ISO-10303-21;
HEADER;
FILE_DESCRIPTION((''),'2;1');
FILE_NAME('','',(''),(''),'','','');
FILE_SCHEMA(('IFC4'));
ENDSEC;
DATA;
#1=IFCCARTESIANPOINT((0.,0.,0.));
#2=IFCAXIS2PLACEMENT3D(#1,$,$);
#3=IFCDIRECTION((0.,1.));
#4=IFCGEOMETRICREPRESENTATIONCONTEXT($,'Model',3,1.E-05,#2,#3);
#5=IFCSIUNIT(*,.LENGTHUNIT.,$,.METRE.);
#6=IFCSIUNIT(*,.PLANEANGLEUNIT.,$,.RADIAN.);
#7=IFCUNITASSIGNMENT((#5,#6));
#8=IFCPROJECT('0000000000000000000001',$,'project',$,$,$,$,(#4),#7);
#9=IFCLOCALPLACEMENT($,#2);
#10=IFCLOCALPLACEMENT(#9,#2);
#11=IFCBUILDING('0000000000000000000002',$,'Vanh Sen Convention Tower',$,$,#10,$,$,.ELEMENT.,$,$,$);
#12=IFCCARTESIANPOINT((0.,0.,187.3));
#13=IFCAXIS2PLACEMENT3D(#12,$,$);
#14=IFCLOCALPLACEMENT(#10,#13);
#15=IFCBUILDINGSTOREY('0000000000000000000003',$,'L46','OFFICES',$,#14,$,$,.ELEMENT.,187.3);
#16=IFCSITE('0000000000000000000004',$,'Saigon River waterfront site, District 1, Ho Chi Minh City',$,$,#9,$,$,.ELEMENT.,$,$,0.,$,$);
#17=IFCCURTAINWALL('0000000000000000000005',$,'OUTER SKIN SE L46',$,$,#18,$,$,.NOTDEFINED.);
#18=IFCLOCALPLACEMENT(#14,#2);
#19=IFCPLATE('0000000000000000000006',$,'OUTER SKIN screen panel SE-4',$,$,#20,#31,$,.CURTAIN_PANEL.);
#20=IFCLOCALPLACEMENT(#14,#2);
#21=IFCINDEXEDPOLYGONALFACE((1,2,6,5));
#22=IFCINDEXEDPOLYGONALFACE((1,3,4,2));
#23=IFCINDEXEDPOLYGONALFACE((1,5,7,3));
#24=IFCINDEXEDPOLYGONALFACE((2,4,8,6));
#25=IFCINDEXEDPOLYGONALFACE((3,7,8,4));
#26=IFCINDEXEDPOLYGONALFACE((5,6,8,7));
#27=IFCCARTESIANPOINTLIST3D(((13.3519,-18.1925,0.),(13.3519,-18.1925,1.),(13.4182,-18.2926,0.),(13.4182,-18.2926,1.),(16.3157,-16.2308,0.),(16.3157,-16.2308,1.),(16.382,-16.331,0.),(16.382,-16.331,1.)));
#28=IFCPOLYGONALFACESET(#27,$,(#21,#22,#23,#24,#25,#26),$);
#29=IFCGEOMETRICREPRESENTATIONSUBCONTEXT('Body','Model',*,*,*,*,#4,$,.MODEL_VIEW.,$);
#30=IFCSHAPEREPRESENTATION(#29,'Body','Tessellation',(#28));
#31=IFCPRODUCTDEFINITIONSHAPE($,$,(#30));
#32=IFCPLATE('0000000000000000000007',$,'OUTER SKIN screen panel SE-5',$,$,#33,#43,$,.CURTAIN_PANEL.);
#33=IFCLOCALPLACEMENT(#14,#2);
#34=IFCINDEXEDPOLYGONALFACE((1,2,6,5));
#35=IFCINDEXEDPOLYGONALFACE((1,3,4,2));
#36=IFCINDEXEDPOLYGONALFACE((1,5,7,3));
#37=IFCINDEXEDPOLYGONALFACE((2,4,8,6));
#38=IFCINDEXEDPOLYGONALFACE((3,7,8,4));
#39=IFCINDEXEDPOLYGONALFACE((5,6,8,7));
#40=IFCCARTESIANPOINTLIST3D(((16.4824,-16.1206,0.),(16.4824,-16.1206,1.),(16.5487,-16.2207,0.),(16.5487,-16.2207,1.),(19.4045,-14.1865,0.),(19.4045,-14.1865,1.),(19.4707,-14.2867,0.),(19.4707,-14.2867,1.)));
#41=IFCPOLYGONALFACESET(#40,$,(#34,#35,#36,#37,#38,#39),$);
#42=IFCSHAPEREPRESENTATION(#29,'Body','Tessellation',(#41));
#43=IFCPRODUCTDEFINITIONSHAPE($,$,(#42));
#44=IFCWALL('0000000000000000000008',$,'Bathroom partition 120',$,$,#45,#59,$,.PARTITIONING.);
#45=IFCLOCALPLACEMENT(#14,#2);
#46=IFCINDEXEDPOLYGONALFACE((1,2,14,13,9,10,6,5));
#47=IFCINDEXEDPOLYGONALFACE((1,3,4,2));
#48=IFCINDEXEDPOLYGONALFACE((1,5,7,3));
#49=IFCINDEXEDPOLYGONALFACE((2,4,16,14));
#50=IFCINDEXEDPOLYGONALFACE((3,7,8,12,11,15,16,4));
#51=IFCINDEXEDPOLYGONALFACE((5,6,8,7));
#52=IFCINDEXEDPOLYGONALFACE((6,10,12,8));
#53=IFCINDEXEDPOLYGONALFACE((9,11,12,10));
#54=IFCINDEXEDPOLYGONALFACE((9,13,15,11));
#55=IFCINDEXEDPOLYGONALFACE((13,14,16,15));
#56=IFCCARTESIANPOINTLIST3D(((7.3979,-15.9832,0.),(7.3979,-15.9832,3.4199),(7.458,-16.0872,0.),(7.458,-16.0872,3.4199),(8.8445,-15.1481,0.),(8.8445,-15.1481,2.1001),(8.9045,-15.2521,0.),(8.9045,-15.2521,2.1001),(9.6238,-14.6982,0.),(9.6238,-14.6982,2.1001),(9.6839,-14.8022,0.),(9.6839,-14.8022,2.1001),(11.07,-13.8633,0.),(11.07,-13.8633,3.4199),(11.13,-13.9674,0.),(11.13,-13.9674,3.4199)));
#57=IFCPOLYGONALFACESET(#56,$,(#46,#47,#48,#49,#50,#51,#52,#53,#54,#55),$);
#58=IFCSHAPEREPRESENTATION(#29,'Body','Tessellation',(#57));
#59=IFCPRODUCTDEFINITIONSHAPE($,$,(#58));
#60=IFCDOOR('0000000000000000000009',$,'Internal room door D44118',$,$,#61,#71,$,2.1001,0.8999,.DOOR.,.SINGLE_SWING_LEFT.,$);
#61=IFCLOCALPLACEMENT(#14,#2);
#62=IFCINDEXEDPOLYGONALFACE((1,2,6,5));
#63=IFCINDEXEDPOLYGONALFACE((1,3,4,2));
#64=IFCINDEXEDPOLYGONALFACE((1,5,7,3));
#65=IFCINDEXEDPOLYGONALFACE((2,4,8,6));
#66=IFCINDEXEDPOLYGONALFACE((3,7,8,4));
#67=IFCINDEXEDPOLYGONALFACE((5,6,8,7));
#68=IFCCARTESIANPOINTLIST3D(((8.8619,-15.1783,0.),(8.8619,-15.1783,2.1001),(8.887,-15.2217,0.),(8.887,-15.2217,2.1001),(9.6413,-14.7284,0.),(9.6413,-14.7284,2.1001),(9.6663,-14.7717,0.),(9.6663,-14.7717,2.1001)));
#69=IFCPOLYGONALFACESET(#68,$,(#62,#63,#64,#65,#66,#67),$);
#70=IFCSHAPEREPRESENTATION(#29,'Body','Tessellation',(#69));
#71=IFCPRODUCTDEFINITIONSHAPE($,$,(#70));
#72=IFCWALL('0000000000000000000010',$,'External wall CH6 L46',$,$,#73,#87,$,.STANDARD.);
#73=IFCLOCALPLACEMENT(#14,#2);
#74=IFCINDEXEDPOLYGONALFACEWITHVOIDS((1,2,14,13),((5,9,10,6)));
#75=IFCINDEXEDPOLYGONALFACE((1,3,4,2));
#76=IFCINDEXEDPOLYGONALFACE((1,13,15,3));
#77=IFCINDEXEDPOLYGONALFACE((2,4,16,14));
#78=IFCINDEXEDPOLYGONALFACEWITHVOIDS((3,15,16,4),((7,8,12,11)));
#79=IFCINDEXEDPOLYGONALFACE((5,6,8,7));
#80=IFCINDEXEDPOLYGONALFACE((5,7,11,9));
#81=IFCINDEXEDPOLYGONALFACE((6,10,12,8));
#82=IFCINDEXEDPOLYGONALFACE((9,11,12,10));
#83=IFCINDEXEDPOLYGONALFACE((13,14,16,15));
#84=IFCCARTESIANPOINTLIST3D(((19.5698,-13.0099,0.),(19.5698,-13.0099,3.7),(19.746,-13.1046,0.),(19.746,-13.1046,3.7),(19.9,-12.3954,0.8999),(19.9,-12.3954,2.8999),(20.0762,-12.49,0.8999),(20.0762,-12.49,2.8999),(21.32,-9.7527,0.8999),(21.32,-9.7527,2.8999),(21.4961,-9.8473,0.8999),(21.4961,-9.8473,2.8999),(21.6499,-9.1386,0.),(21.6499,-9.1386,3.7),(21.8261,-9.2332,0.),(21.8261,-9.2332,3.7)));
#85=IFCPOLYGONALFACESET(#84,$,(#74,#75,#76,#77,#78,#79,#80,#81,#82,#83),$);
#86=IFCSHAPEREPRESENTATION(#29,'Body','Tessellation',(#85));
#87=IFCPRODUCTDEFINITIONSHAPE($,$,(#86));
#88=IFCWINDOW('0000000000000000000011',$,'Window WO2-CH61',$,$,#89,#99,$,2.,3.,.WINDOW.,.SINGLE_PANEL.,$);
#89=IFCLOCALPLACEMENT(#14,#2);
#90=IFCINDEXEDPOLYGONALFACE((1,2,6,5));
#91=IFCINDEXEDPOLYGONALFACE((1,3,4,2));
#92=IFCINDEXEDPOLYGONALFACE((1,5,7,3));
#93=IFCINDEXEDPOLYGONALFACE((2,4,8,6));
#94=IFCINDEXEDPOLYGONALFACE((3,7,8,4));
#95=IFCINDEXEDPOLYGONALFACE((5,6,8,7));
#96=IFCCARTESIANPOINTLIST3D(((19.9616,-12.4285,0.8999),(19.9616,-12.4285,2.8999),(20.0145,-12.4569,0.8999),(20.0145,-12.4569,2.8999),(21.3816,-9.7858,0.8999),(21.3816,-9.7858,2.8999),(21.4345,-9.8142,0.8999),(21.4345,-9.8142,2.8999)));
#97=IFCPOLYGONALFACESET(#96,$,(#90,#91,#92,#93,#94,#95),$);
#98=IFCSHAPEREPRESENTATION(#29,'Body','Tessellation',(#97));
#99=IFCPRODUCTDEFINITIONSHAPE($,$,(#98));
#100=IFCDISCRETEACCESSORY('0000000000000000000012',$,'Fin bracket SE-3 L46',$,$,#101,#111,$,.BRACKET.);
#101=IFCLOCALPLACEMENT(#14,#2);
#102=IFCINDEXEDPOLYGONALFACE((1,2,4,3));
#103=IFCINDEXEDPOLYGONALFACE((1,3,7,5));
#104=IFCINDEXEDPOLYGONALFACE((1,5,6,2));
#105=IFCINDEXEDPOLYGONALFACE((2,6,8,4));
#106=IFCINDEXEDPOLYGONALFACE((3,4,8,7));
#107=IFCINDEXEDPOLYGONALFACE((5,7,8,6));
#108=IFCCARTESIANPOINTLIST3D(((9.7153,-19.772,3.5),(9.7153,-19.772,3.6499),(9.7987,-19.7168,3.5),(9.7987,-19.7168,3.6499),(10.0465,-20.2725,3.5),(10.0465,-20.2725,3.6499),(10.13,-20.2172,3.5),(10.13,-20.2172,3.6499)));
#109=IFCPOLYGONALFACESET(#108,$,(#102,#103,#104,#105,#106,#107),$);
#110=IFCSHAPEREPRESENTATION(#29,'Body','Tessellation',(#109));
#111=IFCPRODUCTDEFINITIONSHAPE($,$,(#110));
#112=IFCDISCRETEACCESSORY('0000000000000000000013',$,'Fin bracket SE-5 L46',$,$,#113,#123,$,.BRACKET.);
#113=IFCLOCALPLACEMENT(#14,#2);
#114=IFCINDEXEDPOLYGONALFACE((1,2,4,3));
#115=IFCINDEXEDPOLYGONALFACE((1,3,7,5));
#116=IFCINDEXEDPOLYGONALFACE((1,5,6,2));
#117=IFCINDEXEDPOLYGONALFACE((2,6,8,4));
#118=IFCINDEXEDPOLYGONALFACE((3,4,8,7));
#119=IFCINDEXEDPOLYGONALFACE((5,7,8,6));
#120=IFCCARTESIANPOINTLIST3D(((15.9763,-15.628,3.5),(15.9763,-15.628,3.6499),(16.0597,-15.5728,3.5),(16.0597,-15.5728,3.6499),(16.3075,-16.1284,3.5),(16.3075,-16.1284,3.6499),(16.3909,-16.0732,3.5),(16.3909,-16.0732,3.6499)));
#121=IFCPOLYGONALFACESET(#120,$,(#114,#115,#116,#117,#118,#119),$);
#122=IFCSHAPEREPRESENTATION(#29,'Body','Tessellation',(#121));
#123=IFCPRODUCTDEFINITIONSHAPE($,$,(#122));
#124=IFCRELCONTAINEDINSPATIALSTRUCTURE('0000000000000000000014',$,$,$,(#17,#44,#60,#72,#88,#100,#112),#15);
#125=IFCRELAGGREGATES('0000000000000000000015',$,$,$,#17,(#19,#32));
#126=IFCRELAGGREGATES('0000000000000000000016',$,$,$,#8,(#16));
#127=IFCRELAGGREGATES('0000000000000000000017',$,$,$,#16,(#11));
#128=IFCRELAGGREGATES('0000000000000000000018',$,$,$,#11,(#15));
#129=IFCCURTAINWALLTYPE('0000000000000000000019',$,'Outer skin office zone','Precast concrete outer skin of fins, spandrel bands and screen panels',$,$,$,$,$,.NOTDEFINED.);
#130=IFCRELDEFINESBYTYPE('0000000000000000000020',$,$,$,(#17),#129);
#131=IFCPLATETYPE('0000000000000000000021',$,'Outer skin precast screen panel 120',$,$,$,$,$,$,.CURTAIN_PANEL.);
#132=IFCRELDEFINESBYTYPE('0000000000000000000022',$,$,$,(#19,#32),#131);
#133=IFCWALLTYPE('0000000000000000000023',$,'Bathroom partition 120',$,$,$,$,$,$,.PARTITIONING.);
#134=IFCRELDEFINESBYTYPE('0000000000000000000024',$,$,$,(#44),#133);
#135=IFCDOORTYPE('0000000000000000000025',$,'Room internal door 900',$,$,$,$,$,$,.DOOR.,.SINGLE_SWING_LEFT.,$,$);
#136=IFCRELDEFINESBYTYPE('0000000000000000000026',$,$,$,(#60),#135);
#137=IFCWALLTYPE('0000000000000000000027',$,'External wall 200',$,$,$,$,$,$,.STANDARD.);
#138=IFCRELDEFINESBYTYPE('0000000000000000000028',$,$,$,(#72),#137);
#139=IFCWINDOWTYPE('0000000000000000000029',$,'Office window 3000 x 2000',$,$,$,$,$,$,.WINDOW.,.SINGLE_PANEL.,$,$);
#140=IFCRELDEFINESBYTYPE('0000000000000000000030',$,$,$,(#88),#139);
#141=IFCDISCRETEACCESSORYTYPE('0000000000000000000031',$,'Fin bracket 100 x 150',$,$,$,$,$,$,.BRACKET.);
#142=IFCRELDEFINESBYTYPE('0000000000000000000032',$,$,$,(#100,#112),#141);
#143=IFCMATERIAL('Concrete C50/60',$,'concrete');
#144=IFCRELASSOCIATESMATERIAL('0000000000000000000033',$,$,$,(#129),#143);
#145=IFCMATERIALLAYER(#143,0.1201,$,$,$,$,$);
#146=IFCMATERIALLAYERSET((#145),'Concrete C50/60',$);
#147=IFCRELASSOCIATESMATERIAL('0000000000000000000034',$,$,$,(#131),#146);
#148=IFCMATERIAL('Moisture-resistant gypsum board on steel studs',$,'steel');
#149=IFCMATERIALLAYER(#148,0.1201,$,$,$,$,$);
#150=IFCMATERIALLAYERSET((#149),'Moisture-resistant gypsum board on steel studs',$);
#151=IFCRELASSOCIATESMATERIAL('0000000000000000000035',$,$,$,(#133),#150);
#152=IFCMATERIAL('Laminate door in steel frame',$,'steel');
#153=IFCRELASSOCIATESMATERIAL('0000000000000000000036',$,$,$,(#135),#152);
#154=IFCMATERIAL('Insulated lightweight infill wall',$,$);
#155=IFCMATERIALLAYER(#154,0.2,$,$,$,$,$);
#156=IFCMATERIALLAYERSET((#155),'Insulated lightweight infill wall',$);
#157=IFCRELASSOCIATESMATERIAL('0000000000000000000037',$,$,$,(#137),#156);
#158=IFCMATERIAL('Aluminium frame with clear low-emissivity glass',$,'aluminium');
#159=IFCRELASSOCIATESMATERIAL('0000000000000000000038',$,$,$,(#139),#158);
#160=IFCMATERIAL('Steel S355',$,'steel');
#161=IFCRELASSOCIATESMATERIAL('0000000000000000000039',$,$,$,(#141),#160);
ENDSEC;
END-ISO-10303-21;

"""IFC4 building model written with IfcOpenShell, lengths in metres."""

from ifc_helpers import new_model, si_unit, direction, frame, frame_2d, origin, origin_2d, place, context, subcontext, project, spatial, rectangle, extrude, material, layer, layer_set, type_object, element, fill, aggregate, save


model = new_model("IFC4")

# Units and contexts
model_context = context("Model", 3, precision=1e-05, world=origin(), true_north=direction((0.0, 1.0)))
body_context = subcontext(model_context, "Body", "Model", "MODEL_VIEW")
ifc_project = project(units=[si_unit("LENGTHUNIT", "METRE"), si_unit("PLANEANGLEUNIT", "RADIAN")], contexts=[model_context])

# Site, building, storey
site_placement = place(None, origin())
site = spatial("IfcSite", under=ifc_project, at=site_placement, Name="Saigon River waterfront site, District 1, Ho Chi Minh City", CompositionType="ELEMENT", RefElevation=0.0)
building_placement = place(site_placement, origin())
building = spatial("IfcBuilding", under=site, at=building_placement, Name="Vanh Sen Convention Tower", CompositionType="ELEMENT")
storey_placement = place(building_placement, frame((0.0, 0.0, 187.3)))
storey = spatial("IfcBuildingStorey", under=building, at=storey_placement, Name="L46", Description="OFFICES", CompositionType="ELEMENT", Elevation=187.3)

# Curtain wall
ifc_material_1 = material(Name="Concrete C50/60", Category="concrete")
curtain_wall_type = type_object("IfcCurtainWallType", Name="Outer skin office zone", Description="Precast concrete outer skin of fins, spandrel bands and screen panels", PredefinedType="NOTDEFINED", material=ifc_material_1)
curtain_wall_1_placement = place(storey_placement, origin())
curtain_wall_1 = element("IfcCurtainWall", 1, at=curtain_wall_1_placement, inside=storey, type_object=curtain_wall_type, Name="OUTER SKIN SE L46", PredefinedType="NOTDEFINED")

# Plates
ifc_layer_1 = layer(ifc_material_1, 0.1201)
ifc_layer_set_1 = layer_set([ifc_layer_1], Name="Concrete C50/60")
plate_type = type_object("IfcPlateType", Name="Outer skin precast screen panel 120", PredefinedType="CURTAIN_PANEL", material=ifc_layer_set_1)
plate_1_placement = place(storey_placement, frame((14.8669, -17.2617, 0.0), z_axis=(0.0, 0.0, 1.0), x_axis=(0.83389, 0.551931, 0.0)))
plate_1 = element("IfcPlate", 2, at=plate_1_placement, type_object=plate_type, Name="OUTER SKIN screen panel SE-4", PredefinedType="CURTAIN_PANEL", context=body_context, shape_type="SweptSolid", body=[
    extrude(rectangle(XDim=3.5542, YDim=0.1201, at=origin_2d()), origin(), (0.0, 0.0, 1.0), 1.0),
])
plate_2_placement = place(storey_placement, frame((17.9766, -15.2036, 0.0), z_axis=(0.0, 0.0, 1.0), x_axis=(0.83389, 0.551931, 0.0)))
plate_2 = element("IfcPlate", 3, at=plate_2_placement, type_object=plate_type, Name="OUTER SKIN screen panel SE-5", PredefinedType="CURTAIN_PANEL", context=body_context, shape_type="SweptSolid", body=[
    extrude(rectangle(XDim=3.5042, YDim=0.1201, at=origin_2d()), origin(), (0.0, 0.0, 1.0), 1.0),
])
aggregate(curtain_wall_1, [plate_1, plate_2])

# Wall, opening, door
ifc_material_2 = material(Name="Moisture-resistant gypsum board on steel studs", Category="steel")
ifc_layer_2 = layer(ifc_material_2, 0.1201)
ifc_layer_set_2 = layer_set([ifc_layer_2], Name="Moisture-resistant gypsum board on steel studs")
wall_type_1 = type_object("IfcWallType", Name="Bathroom partition 120", PredefinedType="PARTITIONING", material=ifc_layer_set_2)
wall_1_placement = place(storey_placement, frame((11.1001, -13.9153, 0.0), z_axis=(0.0, 0.0, 1.0), x_axis=(-0.866048, -0.49996, 0.0)))
wall_1 = element("IfcWall", 4, at=wall_1_placement, inside=storey, type_object=wall_type_1, Name="Bathroom partition 120", PredefinedType="PARTITIONING", context=body_context, shape_type="SweptSolid", body=[
    extrude(rectangle(XDim=4.24, YDim=0.1201, at=frame_2d((2.1201, 0.0))), origin(), (0.0, 0.0, 1.0), 3.4199),
])
opening_1_placement = place(wall_1_placement, frame((1.6699, 0.0, 0.0)))
opening_1 = element("IfcOpeningElement", 5, at=opening_1_placement, cuts=wall_1, PredefinedType="OPENING", context=body_context, shape_type="SweptSolid", body=[
    extrude(rectangle(XDim=0.8999, YDim=2.1001, at=frame_2d((0.45, 1.05))), frame((0.0, 0.0701, 0.0), z_axis=(0.0, -1.0, 0.0), x_axis=(1.0, 0.0, 0.0)), (0.0, 0.0, 1.0), 0.1401),
])
ifc_material_3 = material(Name="Laminate door in steel frame", Category="steel")
door_type = type_object("IfcDoorType", Name="Room internal door 900", OperationType="SINGLE_SWING_LEFT", PredefinedType="DOOR", material=ifc_material_3)
door_placement = place(opening_1_placement, origin())
door = element("IfcDoor", 6, at=door_placement, inside=storey, type_object=door_type, Name="Internal room door D44118", OperationType="SINGLE_SWING_LEFT", OverallHeight=2.1001, OverallWidth=0.8999, PredefinedType="DOOR", context=body_context, shape_type="SweptSolid", body=[
    extrude(rectangle(XDim=0.8999, YDim=2.1001, at=frame_2d((0.45, 1.05))), frame((0.0, 0.0249, 0.0), z_axis=(0.0, -1.0, 0.0), x_axis=(1.0, 0.0, 0.0)), (0.0, 0.0, 1.0), 0.05),
])
fill(opening_1, door)

# Wall, opening, window
ifc_material_4 = material(Name="Insulated lightweight infill wall")
ifc_layer_3 = layer(ifc_material_4, 0.2)
ifc_layer_set_3 = layer_set([ifc_layer_3], Name="Insulated lightweight infill wall")
wall_type_2 = type_object("IfcWallType", Name="External wall 200", PredefinedType="STANDARD", material=ifc_layer_set_3)
wall_2_placement = place(storey_placement, frame((19.658, -13.0571, 0.0), z_axis=(0.0, 0.0, 1.0), x_axis=(0.473308, 0.880897, 0.0)))
wall_2 = element("IfcWall", 7, at=wall_2_placement, inside=storey, type_object=wall_type_2, Name="External wall CH6 L46", PredefinedType="STANDARD", context=body_context, shape_type="SweptSolid", body=[
    extrude(rectangle(XDim=4.3948, YDim=0.2, at=frame_2d((2.1973, 0.0))), origin(), (0.0, 0.0, 1.0), 3.7),
])
opening_2_placement = place(wall_2_placement, frame((0.6975, 0.0, 0.8999)))
opening_2 = element("IfcOpeningElement", 8, at=opening_2_placement, cuts=wall_2, PredefinedType="OPENING", context=body_context, shape_type="SweptSolid", body=[
    extrude(rectangle(XDim=3.0, YDim=2.0, at=frame_2d((1.5, 1.0))), frame((0.0, 0.1099, 0.0), z_axis=(0.0, -1.0, 0.0), x_axis=(1.0, 0.0, 0.0)), (0.0, 0.0, 1.0), 0.22),
])
ifc_material_5 = material(Name="Aluminium frame with clear low-emissivity glass", Category="aluminium")
window_type = type_object("IfcWindowType", Name="Office window 3000 x 2000", PartitioningType="SINGLE_PANEL", PredefinedType="WINDOW", material=ifc_material_5)
window_placement = place(opening_2_placement, origin())
window = element("IfcWindow", 9, at=window_placement, inside=storey, type_object=window_type, Name="Window WO2-CH61", OverallHeight=2.0, OverallWidth=3.0, PartitioningType="SINGLE_PANEL", PredefinedType="WINDOW", context=body_context, shape_type="SweptSolid", body=[
    extrude(rectangle(XDim=3.0, YDim=2.0, at=frame_2d((1.5, 1.0))), frame((0.0, 0.03, 0.0), z_axis=(0.0, -1.0, 0.0), x_axis=(1.0, 0.0, 0.0)), (0.0, 0.0, 1.0), 0.0601),
])
fill(opening_2, window)

# Discrete accessories
ifc_material_6 = material(Name="Steel S355", Category="steel")
discrete_accessory_type = type_object("IfcDiscreteAccessoryType", Name="Fin bracket 100 x 150", PredefinedType="BRACKET", material=ifc_material_6)
for number, where, z_axis, x_axis, name in (
    (10, (9.9226, -19.9946, 3.5), (0.0, 0.0, 1.0), (0.551937, -0.833886, 0.0), "Fin bracket SE-3 L46"),
    (11, (16.1836, -15.8506, 3.5), (0.0, 0.0, 1.0), (0.551937, -0.833886, 0.0), "Fin bracket SE-5 L46"),
):
    element("IfcDiscreteAccessory", number, at=place(storey_placement, frame(where, z_axis=z_axis, x_axis=x_axis)), inside=storey, type_object=discrete_accessory_type, Name=name, PredefinedType="BRACKET", context=body_context, shape_type="SweptSolid", body=[
        extrude(rectangle(XDim=0.6001, YDim=0.1001, at=origin_2d()), origin(), (0.0, 0.0, 1.0), 0.1499),
    ])

save(model, "model.ifc")
